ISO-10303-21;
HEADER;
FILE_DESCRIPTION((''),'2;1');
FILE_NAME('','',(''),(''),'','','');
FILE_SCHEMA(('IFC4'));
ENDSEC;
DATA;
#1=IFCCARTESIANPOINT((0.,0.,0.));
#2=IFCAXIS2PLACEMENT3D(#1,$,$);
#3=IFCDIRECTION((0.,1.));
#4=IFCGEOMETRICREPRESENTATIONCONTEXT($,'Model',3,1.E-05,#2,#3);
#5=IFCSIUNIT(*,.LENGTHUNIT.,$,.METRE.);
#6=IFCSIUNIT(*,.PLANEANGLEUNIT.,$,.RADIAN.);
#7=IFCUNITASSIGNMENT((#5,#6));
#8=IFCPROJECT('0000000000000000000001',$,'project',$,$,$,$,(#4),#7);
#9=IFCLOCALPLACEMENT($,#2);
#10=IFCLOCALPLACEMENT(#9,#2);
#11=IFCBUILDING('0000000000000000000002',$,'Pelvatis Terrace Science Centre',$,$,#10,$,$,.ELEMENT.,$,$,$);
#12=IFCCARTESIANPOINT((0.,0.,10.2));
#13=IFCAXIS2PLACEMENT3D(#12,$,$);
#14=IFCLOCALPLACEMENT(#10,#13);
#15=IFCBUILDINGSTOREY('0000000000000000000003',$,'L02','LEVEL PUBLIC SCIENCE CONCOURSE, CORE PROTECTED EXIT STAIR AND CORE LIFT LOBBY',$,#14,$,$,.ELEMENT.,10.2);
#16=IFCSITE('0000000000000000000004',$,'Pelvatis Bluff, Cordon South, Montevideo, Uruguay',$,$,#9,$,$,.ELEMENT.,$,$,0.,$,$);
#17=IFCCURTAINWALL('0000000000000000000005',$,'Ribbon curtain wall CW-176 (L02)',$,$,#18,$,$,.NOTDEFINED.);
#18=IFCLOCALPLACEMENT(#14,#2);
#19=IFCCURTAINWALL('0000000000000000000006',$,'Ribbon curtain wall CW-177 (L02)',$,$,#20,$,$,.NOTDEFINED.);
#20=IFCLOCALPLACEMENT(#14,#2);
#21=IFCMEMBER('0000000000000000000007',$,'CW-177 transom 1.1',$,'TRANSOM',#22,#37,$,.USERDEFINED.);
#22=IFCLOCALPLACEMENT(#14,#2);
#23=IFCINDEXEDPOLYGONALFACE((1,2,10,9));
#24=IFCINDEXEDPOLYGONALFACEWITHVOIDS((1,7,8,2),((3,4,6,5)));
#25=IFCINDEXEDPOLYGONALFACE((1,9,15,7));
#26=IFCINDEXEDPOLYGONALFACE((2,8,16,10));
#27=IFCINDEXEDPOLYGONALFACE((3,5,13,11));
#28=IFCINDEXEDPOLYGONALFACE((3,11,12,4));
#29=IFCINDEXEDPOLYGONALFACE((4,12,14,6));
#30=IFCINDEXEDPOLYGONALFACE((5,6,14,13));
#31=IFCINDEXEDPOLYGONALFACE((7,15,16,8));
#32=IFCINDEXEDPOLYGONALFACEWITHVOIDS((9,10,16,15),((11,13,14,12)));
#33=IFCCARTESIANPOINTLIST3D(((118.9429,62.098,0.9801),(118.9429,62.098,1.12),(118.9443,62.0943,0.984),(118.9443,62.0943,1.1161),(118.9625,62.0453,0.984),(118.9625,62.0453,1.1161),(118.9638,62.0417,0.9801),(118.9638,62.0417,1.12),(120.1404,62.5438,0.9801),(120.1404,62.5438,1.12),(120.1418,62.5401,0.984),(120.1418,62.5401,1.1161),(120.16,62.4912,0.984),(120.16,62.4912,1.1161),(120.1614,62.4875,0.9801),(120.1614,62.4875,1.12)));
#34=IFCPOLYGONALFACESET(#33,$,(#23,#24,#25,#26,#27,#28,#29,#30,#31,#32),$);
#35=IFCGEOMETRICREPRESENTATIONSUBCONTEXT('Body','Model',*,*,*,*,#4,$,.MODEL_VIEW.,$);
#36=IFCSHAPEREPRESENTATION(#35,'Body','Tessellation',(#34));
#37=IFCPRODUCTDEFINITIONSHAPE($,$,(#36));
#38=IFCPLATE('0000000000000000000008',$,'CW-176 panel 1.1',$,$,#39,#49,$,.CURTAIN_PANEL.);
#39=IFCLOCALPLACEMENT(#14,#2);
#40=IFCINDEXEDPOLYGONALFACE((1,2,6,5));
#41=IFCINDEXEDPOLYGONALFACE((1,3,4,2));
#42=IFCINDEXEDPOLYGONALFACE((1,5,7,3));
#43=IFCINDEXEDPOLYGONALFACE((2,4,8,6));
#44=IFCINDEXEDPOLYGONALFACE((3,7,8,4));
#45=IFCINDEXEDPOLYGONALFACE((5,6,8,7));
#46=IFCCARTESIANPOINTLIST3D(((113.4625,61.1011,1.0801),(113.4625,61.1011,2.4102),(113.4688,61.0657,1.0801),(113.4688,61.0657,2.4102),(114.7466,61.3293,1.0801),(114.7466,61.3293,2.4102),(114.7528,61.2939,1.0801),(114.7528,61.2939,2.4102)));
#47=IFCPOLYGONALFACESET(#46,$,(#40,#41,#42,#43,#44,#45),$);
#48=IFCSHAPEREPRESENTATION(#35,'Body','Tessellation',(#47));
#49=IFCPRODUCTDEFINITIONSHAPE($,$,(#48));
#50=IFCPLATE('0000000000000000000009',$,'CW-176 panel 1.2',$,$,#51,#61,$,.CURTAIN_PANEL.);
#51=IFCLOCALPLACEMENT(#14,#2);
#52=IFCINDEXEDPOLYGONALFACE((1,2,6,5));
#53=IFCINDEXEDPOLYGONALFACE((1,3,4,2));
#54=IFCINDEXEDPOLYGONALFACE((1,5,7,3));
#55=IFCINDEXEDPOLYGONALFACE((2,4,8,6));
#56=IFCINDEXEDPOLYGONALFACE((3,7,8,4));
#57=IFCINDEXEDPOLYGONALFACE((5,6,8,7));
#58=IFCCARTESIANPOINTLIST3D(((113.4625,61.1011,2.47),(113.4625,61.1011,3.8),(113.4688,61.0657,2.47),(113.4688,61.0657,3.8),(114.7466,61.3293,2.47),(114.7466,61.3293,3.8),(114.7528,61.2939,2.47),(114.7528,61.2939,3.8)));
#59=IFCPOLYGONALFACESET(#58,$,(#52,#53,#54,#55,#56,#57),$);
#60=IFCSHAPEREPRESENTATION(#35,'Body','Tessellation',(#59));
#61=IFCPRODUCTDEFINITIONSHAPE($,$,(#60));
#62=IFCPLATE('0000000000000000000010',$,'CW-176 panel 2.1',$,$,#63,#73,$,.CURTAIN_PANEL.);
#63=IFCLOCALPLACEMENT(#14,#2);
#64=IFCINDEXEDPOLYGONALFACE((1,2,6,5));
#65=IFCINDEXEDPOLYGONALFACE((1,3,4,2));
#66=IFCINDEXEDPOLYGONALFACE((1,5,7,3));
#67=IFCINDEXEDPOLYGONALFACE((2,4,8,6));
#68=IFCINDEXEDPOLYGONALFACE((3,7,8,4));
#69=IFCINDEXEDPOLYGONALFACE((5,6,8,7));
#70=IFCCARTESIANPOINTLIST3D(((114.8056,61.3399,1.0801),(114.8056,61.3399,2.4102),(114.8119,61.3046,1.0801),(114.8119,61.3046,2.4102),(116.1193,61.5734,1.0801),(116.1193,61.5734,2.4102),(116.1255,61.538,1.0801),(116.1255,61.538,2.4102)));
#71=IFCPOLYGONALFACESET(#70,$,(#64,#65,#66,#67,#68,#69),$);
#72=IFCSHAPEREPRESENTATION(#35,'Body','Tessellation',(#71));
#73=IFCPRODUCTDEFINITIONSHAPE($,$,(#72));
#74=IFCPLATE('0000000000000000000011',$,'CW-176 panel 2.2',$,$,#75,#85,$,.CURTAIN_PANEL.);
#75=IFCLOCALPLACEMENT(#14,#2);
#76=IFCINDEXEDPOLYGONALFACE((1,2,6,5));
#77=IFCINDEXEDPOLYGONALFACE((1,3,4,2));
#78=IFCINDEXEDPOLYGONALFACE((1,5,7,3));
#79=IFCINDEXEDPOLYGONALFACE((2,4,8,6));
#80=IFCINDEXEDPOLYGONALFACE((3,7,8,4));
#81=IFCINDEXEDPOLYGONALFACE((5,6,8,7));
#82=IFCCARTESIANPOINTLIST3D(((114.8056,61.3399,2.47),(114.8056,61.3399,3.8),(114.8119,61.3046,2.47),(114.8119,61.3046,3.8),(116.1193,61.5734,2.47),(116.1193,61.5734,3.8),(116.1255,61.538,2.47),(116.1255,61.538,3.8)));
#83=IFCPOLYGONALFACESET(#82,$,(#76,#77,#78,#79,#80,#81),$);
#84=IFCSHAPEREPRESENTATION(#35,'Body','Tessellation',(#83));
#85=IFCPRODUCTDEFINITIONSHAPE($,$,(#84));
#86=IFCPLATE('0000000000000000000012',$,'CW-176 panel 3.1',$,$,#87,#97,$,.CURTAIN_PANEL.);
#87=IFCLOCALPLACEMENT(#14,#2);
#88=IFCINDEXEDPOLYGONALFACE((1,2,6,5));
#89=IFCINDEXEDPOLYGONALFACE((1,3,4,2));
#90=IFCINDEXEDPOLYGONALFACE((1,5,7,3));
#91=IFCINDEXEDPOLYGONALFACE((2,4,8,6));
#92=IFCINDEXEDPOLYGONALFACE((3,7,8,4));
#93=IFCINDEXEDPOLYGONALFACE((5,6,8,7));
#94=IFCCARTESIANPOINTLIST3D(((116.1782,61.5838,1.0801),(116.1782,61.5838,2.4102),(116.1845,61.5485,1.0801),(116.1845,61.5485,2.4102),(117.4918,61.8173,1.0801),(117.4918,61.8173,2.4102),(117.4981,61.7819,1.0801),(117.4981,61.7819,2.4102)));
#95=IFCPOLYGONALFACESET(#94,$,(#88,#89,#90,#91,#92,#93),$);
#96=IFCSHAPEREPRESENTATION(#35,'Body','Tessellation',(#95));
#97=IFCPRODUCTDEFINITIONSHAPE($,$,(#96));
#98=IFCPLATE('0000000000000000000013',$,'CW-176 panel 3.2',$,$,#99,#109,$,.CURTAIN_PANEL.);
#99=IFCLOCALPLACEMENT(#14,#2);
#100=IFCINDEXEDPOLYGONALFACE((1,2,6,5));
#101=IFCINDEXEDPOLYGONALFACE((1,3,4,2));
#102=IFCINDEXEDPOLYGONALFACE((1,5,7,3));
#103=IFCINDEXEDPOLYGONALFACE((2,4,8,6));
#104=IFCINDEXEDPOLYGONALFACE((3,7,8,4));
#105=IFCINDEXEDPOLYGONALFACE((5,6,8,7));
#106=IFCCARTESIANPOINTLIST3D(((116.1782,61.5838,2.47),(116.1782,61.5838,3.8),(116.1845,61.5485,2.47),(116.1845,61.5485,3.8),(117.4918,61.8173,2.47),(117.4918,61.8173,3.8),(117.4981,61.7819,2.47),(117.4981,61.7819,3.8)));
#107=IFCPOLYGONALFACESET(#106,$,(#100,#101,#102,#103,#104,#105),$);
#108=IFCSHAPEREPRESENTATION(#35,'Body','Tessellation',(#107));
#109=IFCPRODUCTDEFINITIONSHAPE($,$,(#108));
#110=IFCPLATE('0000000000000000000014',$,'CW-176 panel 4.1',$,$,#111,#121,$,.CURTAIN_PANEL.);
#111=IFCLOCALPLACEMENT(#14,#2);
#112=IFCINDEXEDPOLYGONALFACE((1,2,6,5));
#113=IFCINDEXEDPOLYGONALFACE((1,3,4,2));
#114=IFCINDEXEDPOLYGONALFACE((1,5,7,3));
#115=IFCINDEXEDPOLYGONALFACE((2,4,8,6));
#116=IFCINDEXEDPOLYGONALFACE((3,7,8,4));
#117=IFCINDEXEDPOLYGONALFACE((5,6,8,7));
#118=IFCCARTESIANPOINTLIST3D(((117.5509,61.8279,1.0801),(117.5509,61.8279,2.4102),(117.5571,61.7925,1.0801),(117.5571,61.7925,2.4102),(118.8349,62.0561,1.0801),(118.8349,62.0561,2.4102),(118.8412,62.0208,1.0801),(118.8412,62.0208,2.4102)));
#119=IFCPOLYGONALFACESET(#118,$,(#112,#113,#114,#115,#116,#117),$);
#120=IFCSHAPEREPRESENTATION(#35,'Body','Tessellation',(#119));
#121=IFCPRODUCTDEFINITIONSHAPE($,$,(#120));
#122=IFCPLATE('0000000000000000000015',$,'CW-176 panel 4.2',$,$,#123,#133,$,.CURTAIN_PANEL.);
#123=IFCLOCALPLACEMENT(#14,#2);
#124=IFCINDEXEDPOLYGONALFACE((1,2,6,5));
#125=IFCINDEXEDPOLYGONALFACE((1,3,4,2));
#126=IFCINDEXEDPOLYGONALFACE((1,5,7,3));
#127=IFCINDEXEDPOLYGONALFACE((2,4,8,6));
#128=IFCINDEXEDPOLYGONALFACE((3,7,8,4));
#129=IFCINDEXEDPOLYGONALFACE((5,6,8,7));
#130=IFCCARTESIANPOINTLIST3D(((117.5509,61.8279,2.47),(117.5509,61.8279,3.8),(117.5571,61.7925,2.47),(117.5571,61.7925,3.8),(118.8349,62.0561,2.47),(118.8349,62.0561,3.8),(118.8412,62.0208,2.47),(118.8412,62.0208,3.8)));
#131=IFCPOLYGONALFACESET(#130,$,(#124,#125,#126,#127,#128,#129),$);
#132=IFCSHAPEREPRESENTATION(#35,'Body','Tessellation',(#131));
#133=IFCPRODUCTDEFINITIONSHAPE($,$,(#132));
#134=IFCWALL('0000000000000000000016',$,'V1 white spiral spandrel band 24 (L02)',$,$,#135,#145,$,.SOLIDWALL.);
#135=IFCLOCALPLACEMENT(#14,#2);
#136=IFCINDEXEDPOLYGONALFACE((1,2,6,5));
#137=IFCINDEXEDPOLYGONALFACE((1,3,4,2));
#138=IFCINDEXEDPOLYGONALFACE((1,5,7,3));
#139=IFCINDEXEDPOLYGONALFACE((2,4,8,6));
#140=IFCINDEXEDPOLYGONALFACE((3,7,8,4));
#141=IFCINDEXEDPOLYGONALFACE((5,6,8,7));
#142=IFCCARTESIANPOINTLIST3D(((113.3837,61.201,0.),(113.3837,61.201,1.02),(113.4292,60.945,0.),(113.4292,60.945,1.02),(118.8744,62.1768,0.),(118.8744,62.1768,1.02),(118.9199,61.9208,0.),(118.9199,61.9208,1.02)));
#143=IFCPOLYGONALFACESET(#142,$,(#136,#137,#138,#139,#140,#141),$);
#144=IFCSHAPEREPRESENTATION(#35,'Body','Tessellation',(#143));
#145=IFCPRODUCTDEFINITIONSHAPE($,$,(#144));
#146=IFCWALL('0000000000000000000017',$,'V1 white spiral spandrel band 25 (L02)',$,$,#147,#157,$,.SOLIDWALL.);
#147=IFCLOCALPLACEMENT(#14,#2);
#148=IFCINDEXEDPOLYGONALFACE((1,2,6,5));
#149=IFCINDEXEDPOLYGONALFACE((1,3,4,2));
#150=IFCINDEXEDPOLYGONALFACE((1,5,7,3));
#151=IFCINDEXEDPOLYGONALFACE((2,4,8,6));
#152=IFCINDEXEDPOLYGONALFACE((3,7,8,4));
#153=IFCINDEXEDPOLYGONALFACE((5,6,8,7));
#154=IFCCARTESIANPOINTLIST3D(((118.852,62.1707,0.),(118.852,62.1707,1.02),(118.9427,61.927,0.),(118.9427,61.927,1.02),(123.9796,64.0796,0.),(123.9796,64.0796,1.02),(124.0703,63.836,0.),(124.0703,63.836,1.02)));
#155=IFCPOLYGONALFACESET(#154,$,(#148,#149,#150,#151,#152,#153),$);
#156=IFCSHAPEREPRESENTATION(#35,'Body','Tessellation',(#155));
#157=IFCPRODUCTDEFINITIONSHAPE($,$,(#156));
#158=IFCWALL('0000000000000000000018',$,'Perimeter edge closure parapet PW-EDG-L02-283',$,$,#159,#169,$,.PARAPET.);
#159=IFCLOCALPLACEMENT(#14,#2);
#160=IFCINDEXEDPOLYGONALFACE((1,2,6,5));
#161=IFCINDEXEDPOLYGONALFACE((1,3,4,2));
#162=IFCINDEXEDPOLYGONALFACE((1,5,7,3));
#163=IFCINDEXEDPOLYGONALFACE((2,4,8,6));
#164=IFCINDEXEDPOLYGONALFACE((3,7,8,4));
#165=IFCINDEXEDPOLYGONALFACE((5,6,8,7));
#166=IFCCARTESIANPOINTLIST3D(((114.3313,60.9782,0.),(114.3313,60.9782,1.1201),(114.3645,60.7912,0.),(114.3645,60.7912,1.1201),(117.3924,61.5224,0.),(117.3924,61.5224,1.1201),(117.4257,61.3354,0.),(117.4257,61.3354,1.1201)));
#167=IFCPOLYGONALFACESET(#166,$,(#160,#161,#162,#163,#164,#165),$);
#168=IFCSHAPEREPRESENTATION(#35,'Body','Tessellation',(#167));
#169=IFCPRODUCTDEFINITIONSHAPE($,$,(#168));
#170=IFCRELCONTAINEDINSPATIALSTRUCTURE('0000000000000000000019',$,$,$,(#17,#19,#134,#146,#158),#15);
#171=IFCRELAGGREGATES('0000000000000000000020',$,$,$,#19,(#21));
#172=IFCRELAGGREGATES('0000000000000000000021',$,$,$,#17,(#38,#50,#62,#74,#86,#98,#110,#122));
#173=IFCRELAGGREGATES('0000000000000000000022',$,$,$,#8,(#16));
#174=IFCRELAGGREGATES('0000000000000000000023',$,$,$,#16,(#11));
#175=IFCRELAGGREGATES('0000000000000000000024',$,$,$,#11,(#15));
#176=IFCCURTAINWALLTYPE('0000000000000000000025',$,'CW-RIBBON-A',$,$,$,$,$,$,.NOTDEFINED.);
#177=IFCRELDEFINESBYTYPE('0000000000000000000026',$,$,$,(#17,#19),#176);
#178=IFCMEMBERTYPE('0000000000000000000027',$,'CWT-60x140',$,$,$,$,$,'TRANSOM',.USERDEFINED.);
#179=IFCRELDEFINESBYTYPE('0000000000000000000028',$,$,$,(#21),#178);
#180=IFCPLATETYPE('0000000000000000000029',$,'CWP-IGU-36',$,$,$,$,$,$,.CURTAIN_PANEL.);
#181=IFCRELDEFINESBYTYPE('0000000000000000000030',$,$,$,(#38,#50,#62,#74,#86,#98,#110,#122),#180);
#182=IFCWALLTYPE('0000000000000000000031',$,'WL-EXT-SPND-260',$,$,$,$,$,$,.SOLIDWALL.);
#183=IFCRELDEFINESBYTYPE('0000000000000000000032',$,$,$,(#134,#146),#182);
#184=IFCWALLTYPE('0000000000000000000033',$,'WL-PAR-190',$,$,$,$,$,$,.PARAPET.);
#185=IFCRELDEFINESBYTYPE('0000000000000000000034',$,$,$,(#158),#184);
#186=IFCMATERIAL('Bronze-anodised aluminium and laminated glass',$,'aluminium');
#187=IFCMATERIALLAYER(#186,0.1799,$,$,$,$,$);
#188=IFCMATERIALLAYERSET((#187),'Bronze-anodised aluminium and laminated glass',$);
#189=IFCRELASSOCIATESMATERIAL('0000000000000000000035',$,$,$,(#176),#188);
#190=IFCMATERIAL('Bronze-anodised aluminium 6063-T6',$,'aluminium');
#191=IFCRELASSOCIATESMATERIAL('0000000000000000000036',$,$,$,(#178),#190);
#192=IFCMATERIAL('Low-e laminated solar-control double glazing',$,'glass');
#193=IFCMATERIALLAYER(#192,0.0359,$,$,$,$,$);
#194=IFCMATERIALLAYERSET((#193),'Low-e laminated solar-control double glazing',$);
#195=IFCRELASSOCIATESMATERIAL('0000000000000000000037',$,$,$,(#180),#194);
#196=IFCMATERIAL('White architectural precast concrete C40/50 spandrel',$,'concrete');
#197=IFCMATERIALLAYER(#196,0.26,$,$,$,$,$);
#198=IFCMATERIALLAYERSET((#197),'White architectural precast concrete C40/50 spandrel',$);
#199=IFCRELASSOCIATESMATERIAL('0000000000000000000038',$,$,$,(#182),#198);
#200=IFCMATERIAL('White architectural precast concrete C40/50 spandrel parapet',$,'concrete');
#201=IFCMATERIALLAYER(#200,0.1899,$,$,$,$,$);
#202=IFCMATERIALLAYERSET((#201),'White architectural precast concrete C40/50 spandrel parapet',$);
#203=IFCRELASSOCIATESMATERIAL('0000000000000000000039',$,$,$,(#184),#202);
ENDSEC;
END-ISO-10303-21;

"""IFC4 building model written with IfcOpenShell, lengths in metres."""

from ifc_helpers import new_model, si_unit, direction, frame, frame_2d, origin, origin_2d, place, context, subcontext, project, spatial, rectangle, hollow_rectangle, extrude, material, layer, layer_set, material_profile, profile_set, type_object, element, aggregate, save


model = new_model("IFC4")

# Units and contexts
model_context = context("Model", 3, precision=1e-05, world=origin(), true_north=direction((0.0, 1.0)))
body_context = subcontext(model_context, "Body", "Model", "MODEL_VIEW")
ifc_project = project(units=[si_unit("LENGTHUNIT", "METRE"), si_unit("PLANEANGLEUNIT", "RADIAN")], contexts=[model_context])

# Site, building, storey
site_placement = place(None, origin())
site = spatial("IfcSite", under=ifc_project, at=site_placement, Name="Pelvatis Bluff, Cordon South, Montevideo, Uruguay", CompositionType="ELEMENT", RefElevation=0.0)
building_placement = place(site_placement, origin())
building = spatial("IfcBuilding", under=site, at=building_placement, Name="Pelvatis Terrace Science Centre", CompositionType="ELEMENT")
storey_placement = place(building_placement, frame((0.0, 0.0, 10.2)))
storey = spatial("IfcBuildingStorey", under=building, at=storey_placement, Name="L02", Description="LEVEL PUBLIC SCIENCE CONCOURSE, CORE PROTECTED EXIT STAIR AND CORE LIFT LOBBY", CompositionType="ELEMENT", Elevation=10.2)

# Shared definitions
ifc_material_1 = material(Name="Bronze-anodised aluminium and laminated glass", Category="aluminium")
ifc_layer_1 = layer(ifc_material_1, 0.1799)
ifc_layer_set_1 = layer_set([ifc_layer_1], Name="Bronze-anodised aluminium and laminated glass")
curtain_wall_type = type_object("IfcCurtainWallType", Name="CW-RIBBON-A", PredefinedType="NOTDEFINED", material=ifc_layer_set_1)

# Curtain wall
curtain_wall_1_placement = place(storey_placement, origin())
curtain_wall_1 = element("IfcCurtainWall", 1, at=curtain_wall_1_placement, inside=storey, type_object=curtain_wall_type, Name="Ribbon curtain wall CW-176 (L02)", PredefinedType="NOTDEFINED")

# Curtain wall
curtain_wall_2_placement = place(storey_placement, origin())
curtain_wall_2 = element("IfcCurtainWall", 2, at=curtain_wall_2_placement, inside=storey, type_object=curtain_wall_type, Name="Ribbon curtain wall CW-177 (L02)", PredefinedType="NOTDEFINED")

# Member
ifc_material_2 = material(Name="Bronze-anodised aluminium 6063-T6", Category="aluminium")
ifc_material_profile_1 = material_profile(ifc_material_2, hollow_rectangle(XDim=0.0601, YDim=0.1399, WallThickness=0.0039, at=origin_2d()), Name="ALU-TRN 60x140")
ifc_profile_set_1 = profile_set([ifc_material_profile_1], Name="Bronze-anodised aluminium 6063-T6")
member_type_1 = type_object("IfcMemberType", Name="CWT-60x140", ElementType="TRANSOM", PredefinedType="USERDEFINED", material=ifc_profile_set_1)
member_1_placement = place(storey_placement, frame((118.9534, 62.0698, 1.05), z_axis=(0.937167, 0.348882, 0.0), x_axis=(-0.348882, 0.937167, 0.0)))
member_1 = element("IfcMember", 3, at=member_1_placement, type_object=member_type_1, Name="CW-177 transom 1.1", ObjectType="TRANSOM", PredefinedType="USERDEFINED", context=body_context, shape_type="SweptSolid", body=[
    extrude(hollow_rectangle(XDim=0.0601, YDim=0.1399, WallThickness=0.0039, at=origin_2d()), origin(), (0.0, 0.0, 1.0), 1.2778),
])
aggregate(curtain_wall_2, [member_1])

# Plates
ifc_material_3 = material(Name="Low-e laminated solar-control double glazing", Category="glass")
ifc_layer_2 = layer(ifc_material_3, 0.0359)
ifc_layer_set_2 = layer_set([ifc_layer_2], Name="Low-e laminated solar-control double glazing")
plate_type = type_object("IfcPlateType", Name="CWP-IGU-36", PredefinedType="CURTAIN_PANEL", material=ifc_layer_set_2)
plate_1_placement = place(storey_placement, frame((114.1077, 61.1975, 1.0801), z_axis=(0.0, 0.0, 1.0), x_axis=(0.984571, 0.174983, 0.0)))
plate_1 = element("IfcPlate", 4, at=plate_1_placement, type_object=plate_type, Name="CW-176 panel 1.1", PredefinedType="CURTAIN_PANEL", context=body_context, shape_type="SweptSolid", body=[
    extrude(rectangle(XDim=1.3042, YDim=0.0359, at=origin_2d()), origin(), (0.0, 0.0, 1.0), 1.3301),
])
plate_2_placement = place(storey_placement, frame((114.1077, 61.1975, 2.47), z_axis=(0.0, 0.0, 1.0), x_axis=(0.984571, 0.174983, 0.0)))
plate_2 = element("IfcPlate", 5, at=plate_2_placement, type_object=plate_type, Name="CW-176 panel 1.2", PredefinedType="CURTAIN_PANEL", context=body_context, shape_type="SweptSolid", body=[
    extrude(rectangle(XDim=1.3042, YDim=0.0359, at=origin_2d()), origin(), (0.0, 0.0, 1.0), 1.3301),
])
plate_3_placement = place(storey_placement, frame((115.4656, 61.439, 1.0801), z_axis=(0.0, 0.0, 1.0), x_axis=(0.984571, 0.174983, 0.0)))
plate_3 = element("IfcPlate", 6, at=plate_3_placement, type_object=plate_type, Name="CW-176 panel 2.1", PredefinedType="CURTAIN_PANEL", context=body_context, shape_type="SweptSolid", body=[
    extrude(rectangle(XDim=1.3342, YDim=0.0359, at=origin_2d()), origin(), (0.0, 0.0, 1.0), 1.3301),
])
plate_4_placement = place(storey_placement, frame((115.4656, 61.439, 2.47), z_axis=(0.0, 0.0, 1.0), x_axis=(0.984571, 0.174983, 0.0)))
plate_4 = element("IfcPlate", 7, at=plate_4_placement, type_object=plate_type, Name="CW-176 panel 2.2", PredefinedType="CURTAIN_PANEL", context=body_context, shape_type="SweptSolid", body=[
    extrude(rectangle(XDim=1.3342, YDim=0.0359, at=origin_2d()), origin(), (0.0, 0.0, 1.0), 1.3301),
])
plate_5_placement = place(storey_placement, frame((116.8381, 61.6829, 1.0801), z_axis=(0.0, 0.0, 1.0), x_axis=(0.984571, 0.174983, 0.0)))
plate_5 = element("IfcPlate", 8, at=plate_5_placement, type_object=plate_type, Name="CW-176 panel 3.1", PredefinedType="CURTAIN_PANEL", context=body_context, shape_type="SweptSolid", body=[
    extrude(rectangle(XDim=1.3342, YDim=0.0359, at=origin_2d()), origin(), (0.0, 0.0, 1.0), 1.3301),
])
plate_6_placement = place(storey_placement, frame((116.8381, 61.6829, 2.47), z_axis=(0.0, 0.0, 1.0), x_axis=(0.984571, 0.174983, 0.0)))
plate_6 = element("IfcPlate", 9, at=plate_6_placement, type_object=plate_type, Name="CW-176 panel 3.2", PredefinedType="CURTAIN_PANEL", context=body_context, shape_type="SweptSolid", body=[
    extrude(rectangle(XDim=1.3342, YDim=0.0359, at=origin_2d()), origin(), (0.0, 0.0, 1.0), 1.3301),
])
plate_7_placement = place(storey_placement, frame((118.196, 61.9243, 1.0801), z_axis=(0.0, 0.0, 1.0), x_axis=(0.984571, 0.174983, 0.0)))
plate_7 = element("IfcPlate", 10, at=plate_7_placement, type_object=plate_type, Name="CW-176 panel 4.1", PredefinedType="CURTAIN_PANEL", context=body_context, shape_type="SweptSolid", body=[
    extrude(rectangle(XDim=1.3042, YDim=0.0359, at=origin_2d()), origin(), (0.0, 0.0, 1.0), 1.3301),
])
plate_8_placement = place(storey_placement, frame((118.196, 61.9243, 2.47), z_axis=(0.0, 0.0, 1.0), x_axis=(0.984571, 0.174983, 0.0)))
plate_8 = element("IfcPlate", 11, at=plate_8_placement, type_object=plate_type, Name="CW-176 panel 4.2", PredefinedType="CURTAIN_PANEL", context=body_context, shape_type="SweptSolid", body=[
    extrude(rectangle(XDim=1.3042, YDim=0.0359, at=origin_2d()), origin(), (0.0, 0.0, 1.0), 1.3301),
])
aggregate(curtain_wall_1, [plate_1, plate_2, plate_3, plate_4, plate_5, plate_6, plate_7, plate_8])

# Walls
ifc_material_4 = material(Name="White architectural precast concrete C40/50 spandrel", Category="concrete")
ifc_layer_3 = layer(ifc_material_4, 0.26)
ifc_layer_set_3 = layer_set([ifc_layer_3], Name="White architectural precast concrete C40/50 spandrel")
wall_type_1 = type_object("IfcWallType", Name="WL-EXT-SPND-260", PredefinedType="SOLIDWALL", material=ifc_layer_set_3)
wall_1_placement = place(storey_placement, frame((113.4065, 61.073, 0.0), z_axis=(0.0, 0.0, 1.0), x_axis=(0.984572, 0.174981, 0.0)))
element("IfcWall", 12, at=wall_1_placement, inside=storey, type_object=wall_type_1, Name="V1 white spiral spandrel band 24 (L02)", PredefinedType="SOLIDWALL", context=body_context, shape_type="SweptSolid", body=[
    extrude(rectangle(XDim=5.5767, YDim=0.26, at=frame_2d((2.7883, 0.0))), origin(), (0.0, 0.0, 1.0), 1.02),
])
wall_2_placement = place(storey_placement, frame((118.8972, 62.0488, 0.0), z_axis=(0.0, 0.0, 1.0), x_axis=(0.937165, 0.348888, 0.0)))
element("IfcWall", 13, at=wall_2_placement, inside=storey, type_object=wall_type_1, Name="V1 white spiral spandrel band 25 (L02)", PredefinedType="SOLIDWALL", context=body_context, shape_type="SweptSolid", body=[
    extrude(rectangle(XDim=5.4714, YDim=0.26, at=frame_2d((2.7358, 0.0))), origin(), (0.0, 0.0, 1.0), 1.02),
])
ifc_material_5 = material(Name="White architectural precast concrete C40/50 spandrel parapet", Category="concrete")
ifc_layer_4 = layer(ifc_material_5, 0.1899)
ifc_layer_set_4 = layer_set([ifc_layer_4], Name="White architectural precast concrete C40/50 spandrel parapet")
wall_type_2 = type_object("IfcWallType", Name="WL-PAR-190", PredefinedType="PARAPET", material=ifc_layer_set_4)
wall_3_placement = place(storey_placement, frame((117.4092, 61.429, 0.0), z_axis=(0.0, 0.0, 1.0), x_axis=(-0.984562, -0.175035, 0.0)))
element("IfcWall", 14, at=wall_3_placement, inside=storey, type_object=wall_type_2, Name="Perimeter edge closure parapet PW-EDG-L02-283", PredefinedType="PARAPET", context=body_context, shape_type="SweptSolid", body=[
    extrude(rectangle(XDim=3.1091, YDim=0.1899, at=frame_2d((1.5547, 0.0))), origin(), (0.0, 0.0, 1.0), 1.1201),
])

save(model, "model.ifc")
